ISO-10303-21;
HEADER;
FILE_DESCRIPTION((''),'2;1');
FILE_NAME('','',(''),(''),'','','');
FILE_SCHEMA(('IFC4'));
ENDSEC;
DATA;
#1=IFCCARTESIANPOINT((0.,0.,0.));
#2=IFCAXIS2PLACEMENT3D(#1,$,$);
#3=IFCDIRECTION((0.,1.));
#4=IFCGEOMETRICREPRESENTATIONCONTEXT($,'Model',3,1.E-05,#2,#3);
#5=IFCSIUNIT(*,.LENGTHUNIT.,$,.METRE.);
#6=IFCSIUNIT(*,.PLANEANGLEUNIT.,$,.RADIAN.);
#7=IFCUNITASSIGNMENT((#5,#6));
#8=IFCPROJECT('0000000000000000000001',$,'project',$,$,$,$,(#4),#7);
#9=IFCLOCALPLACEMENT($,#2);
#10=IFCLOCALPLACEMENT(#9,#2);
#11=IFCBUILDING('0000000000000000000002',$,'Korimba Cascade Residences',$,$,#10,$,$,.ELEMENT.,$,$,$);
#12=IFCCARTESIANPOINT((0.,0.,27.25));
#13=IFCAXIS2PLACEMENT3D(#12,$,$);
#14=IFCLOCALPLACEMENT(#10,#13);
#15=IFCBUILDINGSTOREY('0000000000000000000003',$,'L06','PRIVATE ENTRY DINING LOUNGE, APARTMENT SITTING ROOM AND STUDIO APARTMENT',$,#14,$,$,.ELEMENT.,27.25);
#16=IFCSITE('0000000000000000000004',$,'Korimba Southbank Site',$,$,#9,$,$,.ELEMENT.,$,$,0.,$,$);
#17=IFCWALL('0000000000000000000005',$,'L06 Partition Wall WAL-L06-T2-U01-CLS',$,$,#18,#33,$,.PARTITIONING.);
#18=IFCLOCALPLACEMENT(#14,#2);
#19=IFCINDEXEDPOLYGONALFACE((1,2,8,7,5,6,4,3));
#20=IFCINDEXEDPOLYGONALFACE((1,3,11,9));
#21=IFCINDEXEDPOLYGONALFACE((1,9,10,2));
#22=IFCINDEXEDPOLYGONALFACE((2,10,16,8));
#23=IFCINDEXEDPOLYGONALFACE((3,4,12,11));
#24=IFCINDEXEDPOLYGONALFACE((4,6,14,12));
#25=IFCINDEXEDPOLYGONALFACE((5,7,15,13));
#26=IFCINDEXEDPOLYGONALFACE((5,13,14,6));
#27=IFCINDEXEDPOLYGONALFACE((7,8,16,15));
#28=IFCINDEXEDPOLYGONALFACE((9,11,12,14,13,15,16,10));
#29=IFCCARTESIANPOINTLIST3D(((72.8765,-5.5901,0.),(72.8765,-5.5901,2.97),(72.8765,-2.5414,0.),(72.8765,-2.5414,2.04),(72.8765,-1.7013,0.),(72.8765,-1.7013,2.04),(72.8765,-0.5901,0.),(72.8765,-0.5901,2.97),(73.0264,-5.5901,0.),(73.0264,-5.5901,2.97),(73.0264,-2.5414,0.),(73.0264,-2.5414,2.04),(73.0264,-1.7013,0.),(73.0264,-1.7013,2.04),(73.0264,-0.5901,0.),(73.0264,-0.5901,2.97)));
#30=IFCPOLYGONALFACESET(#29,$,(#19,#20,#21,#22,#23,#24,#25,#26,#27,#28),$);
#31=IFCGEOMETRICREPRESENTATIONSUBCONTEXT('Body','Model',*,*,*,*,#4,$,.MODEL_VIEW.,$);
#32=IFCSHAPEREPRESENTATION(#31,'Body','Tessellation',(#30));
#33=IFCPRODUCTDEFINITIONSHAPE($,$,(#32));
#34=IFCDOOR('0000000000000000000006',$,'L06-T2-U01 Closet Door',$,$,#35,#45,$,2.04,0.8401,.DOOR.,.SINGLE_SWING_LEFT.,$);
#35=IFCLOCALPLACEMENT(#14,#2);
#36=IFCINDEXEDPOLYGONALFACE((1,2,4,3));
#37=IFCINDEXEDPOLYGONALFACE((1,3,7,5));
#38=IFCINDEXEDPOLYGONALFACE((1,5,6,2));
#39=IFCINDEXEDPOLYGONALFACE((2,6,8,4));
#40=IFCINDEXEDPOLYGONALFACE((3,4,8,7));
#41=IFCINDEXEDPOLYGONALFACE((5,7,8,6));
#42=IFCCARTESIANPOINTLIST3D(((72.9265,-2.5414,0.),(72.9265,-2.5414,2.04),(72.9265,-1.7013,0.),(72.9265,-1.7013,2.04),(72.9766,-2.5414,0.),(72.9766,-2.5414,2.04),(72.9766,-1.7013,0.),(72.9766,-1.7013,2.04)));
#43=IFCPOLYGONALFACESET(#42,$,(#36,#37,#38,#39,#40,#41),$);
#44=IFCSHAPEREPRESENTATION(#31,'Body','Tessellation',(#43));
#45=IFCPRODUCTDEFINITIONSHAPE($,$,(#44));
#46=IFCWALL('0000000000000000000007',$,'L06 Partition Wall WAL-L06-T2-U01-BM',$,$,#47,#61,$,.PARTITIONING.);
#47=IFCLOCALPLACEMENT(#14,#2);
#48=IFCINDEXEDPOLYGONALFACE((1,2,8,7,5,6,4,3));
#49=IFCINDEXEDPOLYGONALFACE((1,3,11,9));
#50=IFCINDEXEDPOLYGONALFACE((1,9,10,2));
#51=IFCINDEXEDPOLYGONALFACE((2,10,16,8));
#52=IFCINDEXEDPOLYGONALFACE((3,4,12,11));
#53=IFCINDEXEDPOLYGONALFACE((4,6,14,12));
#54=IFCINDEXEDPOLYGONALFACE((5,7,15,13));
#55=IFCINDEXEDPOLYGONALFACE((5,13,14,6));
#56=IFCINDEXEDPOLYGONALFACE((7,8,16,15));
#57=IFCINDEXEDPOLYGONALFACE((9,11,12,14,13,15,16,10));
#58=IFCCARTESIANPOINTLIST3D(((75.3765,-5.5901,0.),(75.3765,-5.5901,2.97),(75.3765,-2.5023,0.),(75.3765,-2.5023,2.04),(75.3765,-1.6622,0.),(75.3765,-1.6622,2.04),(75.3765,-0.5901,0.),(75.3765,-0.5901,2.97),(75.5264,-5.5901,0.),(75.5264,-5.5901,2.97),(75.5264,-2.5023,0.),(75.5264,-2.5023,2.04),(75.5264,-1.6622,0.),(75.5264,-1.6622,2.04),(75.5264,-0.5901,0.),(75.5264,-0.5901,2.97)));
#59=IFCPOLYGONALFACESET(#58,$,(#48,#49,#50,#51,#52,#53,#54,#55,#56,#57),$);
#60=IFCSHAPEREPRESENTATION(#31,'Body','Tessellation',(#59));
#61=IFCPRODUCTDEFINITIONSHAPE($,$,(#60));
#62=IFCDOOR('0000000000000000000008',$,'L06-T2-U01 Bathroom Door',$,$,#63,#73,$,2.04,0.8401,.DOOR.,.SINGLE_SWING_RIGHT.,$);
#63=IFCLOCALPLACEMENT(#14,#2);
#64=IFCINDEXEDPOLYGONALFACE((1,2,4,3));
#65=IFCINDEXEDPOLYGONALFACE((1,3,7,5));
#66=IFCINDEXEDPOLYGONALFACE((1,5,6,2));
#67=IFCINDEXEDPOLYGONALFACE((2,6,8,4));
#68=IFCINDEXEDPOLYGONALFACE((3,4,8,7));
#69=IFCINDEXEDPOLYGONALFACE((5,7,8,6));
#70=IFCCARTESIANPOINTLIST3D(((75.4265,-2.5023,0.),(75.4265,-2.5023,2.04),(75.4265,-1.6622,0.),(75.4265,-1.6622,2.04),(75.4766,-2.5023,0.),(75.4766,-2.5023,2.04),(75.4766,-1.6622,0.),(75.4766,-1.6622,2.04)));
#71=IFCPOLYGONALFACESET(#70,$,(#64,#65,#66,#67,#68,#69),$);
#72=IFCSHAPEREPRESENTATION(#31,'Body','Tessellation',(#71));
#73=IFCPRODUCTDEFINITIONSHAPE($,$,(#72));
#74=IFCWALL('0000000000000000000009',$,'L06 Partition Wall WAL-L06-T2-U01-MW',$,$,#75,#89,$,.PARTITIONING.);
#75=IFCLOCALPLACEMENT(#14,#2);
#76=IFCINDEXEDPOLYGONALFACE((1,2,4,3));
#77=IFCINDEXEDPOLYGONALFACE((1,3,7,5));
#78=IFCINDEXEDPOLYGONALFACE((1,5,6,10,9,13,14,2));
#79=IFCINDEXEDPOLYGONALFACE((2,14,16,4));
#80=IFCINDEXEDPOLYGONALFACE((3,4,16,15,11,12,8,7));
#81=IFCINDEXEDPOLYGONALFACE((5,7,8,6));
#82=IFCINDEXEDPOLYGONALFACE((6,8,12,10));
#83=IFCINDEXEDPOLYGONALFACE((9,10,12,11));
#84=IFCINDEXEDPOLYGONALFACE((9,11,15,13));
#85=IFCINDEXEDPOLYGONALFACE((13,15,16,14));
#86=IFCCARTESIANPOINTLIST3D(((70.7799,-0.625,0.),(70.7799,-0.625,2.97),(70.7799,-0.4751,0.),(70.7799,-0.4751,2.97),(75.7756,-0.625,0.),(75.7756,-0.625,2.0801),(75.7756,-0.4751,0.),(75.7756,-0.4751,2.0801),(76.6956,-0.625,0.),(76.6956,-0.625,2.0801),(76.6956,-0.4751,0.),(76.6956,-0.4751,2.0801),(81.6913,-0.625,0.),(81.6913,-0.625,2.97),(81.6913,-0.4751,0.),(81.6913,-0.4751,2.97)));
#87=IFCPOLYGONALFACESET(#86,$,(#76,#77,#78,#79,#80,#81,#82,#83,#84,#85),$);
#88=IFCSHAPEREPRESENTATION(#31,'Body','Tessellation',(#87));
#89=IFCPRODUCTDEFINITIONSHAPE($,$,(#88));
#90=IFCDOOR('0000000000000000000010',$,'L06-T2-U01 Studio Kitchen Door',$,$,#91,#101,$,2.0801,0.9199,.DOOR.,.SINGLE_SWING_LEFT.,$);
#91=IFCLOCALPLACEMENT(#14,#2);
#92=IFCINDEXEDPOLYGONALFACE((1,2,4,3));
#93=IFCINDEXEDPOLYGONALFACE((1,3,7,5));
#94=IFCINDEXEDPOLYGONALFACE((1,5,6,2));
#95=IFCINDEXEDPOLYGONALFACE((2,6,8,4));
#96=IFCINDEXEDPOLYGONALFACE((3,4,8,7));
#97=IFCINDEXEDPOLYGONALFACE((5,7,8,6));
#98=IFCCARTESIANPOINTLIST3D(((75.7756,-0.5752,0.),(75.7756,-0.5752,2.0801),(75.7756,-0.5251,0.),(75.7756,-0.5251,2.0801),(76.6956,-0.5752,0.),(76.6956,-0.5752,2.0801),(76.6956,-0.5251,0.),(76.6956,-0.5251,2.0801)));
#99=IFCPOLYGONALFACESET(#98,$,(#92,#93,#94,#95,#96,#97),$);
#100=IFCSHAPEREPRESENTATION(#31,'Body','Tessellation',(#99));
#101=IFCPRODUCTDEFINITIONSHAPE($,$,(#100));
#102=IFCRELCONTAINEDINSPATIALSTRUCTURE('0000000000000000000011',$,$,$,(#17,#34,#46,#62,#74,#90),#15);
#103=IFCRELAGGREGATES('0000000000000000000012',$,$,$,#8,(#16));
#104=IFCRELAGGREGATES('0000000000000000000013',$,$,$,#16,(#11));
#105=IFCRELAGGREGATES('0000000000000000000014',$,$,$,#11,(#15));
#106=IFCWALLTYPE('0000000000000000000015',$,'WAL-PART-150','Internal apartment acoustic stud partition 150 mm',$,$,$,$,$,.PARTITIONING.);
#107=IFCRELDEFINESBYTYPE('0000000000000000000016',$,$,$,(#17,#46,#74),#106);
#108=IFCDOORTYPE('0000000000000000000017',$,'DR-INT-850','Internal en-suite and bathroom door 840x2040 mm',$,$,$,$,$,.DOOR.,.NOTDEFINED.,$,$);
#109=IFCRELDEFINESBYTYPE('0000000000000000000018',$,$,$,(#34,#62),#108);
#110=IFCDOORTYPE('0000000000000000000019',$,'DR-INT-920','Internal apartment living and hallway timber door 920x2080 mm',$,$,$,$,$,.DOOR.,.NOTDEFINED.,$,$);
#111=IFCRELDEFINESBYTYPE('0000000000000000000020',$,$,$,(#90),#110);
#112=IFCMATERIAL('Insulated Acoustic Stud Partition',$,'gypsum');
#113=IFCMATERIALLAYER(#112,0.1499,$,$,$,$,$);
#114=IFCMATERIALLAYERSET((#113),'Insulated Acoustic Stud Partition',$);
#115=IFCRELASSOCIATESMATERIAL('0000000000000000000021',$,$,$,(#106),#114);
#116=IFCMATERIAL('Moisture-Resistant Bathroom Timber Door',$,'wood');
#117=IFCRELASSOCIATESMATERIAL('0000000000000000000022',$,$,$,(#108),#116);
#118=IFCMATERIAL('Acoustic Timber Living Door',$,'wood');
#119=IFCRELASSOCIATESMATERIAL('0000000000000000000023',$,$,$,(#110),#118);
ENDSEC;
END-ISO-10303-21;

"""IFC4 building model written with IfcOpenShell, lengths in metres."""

from ifc_helpers import new_model, si_unit, direction, frame, frame_2d, origin, place, context, subcontext, project, spatial, rectangle, extrude, material, layer, layer_set, type_object, element, fill, save


model = new_model("IFC4")

# Units and contexts
model_context = context("Model", 3, precision=1e-05, world=origin(), true_north=direction((0.0, 1.0)))
body_context = subcontext(model_context, "Body", "Model", "MODEL_VIEW")
ifc_project = project(units=[si_unit("LENGTHUNIT", "METRE"), si_unit("PLANEANGLEUNIT", "RADIAN")], contexts=[model_context])

# Site, building, storey
site_placement = place(None, origin())
site = spatial("IfcSite", under=ifc_project, at=site_placement, Name="Korimba Southbank Site", CompositionType="ELEMENT", RefElevation=0.0)
building_placement = place(site_placement, origin())
building = spatial("IfcBuilding", under=site, at=building_placement, Name="Korimba Cascade Residences", CompositionType="ELEMENT")
storey_placement = place(building_placement, frame((0.0, 0.0, 27.25)))
storey = spatial("IfcBuildingStorey", under=building, at=storey_placement, Name="L06", Description="PRIVATE ENTRY DINING LOUNGE, APARTMENT SITTING ROOM AND STUDIO APARTMENT", CompositionType="ELEMENT", Elevation=27.25)

# Walls, openings, doors
ifc_material_1 = material(Name="Insulated Acoustic Stud Partition", Category="gypsum")
ifc_layer_1 = layer(ifc_material_1, 0.1499)
ifc_layer_set_1 = layer_set([ifc_layer_1], Name="Insulated Acoustic Stud Partition")
wall_type_1 = type_object("IfcWallType", Name="WAL-PART-150", Description="Internal apartment acoustic stud partition 150 mm", PredefinedType="PARTITIONING", material=ifc_layer_set_1)
wall_1_placement = place(storey_placement, frame((72.9514, -5.5901, 0.0), z_axis=(0.0, 0.0, 1.0), x_axis=(0.0, 1.0, 0.0)))
wall_1 = element("IfcWall", 1, at=wall_1_placement, inside=storey, type_object=wall_type_1, Name="L06 Partition Wall WAL-L06-T2-U01-CLS", PredefinedType="PARTITIONING", context=body_context, shape_type="SweptSolid", body=[
    extrude(rectangle(XDim=5.0, YDim=0.1499, at=frame_2d((2.5, 0.0))), origin(), (0.0, 0.0, 1.0), 2.97),
])
opening_1_placement = place(wall_1_placement, frame((3.0488, 0.0, 0.0)))
opening_1 = element("IfcOpeningElement", 2, at=opening_1_placement, cuts=wall_1, PredefinedType="OPENING", context=body_context, shape_type="SweptSolid", body=[
    extrude(rectangle(XDim=0.8401, YDim=2.04, at=frame_2d((0.4199, 1.02))), frame((0.0, 0.085, 0.0), z_axis=(0.0, -1.0, 0.0), x_axis=(1.0, 0.0, 0.0)), (0.0, 0.0, 1.0), 0.1699),
])
ifc_material_2 = material(Name="Moisture-Resistant Bathroom Timber Door", Category="wood")
door_type_1 = type_object("IfcDoorType", Name="DR-INT-850", Description="Internal en-suite and bathroom door 840x2040 mm", OperationType="NOTDEFINED", PredefinedType="DOOR", material=ifc_material_2)
door_1_placement = place(opening_1_placement, origin())
door_1 = element("IfcDoor", 3, at=door_1_placement, inside=storey, type_object=door_type_1, Name="L06-T2-U01 Closet Door", OperationType="SINGLE_SWING_LEFT", OverallHeight=2.04, OverallWidth=0.8401, PredefinedType="DOOR", context=body_context, shape_type="SweptSolid", body=[
    extrude(rectangle(XDim=0.8401, YDim=2.04, at=frame_2d((0.4199, 1.02))), frame((0.0, 0.0249, 0.0), z_axis=(0.0, -1.0, 0.0), x_axis=(1.0, 0.0, 0.0)), (0.0, 0.0, 1.0), 0.05),
])
fill(opening_1, door_1)
wall_2_placement = place(storey_placement, frame((75.4514, -5.5901, 0.0), z_axis=(0.0, 0.0, 1.0), x_axis=(0.0, 1.0, 0.0)))
wall_2 = element("IfcWall", 4, at=wall_2_placement, inside=storey, type_object=wall_type_1, Name="L06 Partition Wall WAL-L06-T2-U01-BM", PredefinedType="PARTITIONING", context=body_context, shape_type="SweptSolid", body=[
    extrude(rectangle(XDim=5.0, YDim=0.1499, at=frame_2d((2.5, 0.0))), origin(), (0.0, 0.0, 1.0), 2.97),
])
opening_2_placement = place(wall_2_placement, frame((3.0879, 0.0, 0.0)))
opening_2 = element("IfcOpeningElement", 5, at=opening_2_placement, cuts=wall_2, PredefinedType="OPENING", context=body_context, shape_type="SweptSolid", body=[
    extrude(rectangle(XDim=0.8401, YDim=2.04, at=frame_2d((0.4199, 1.02))), frame((0.0, 0.085, 0.0), z_axis=(0.0, -1.0, 0.0), x_axis=(1.0, 0.0, 0.0)), (0.0, 0.0, 1.0), 0.1699),
])
door_2_placement = place(opening_2_placement, origin())
door_2 = element("IfcDoor", 6, at=door_2_placement, inside=storey, type_object=door_type_1, Name="L06-T2-U01 Bathroom Door", OperationType="SINGLE_SWING_RIGHT", OverallHeight=2.04, OverallWidth=0.8401, PredefinedType="DOOR", context=body_context, shape_type="SweptSolid", body=[
    extrude(rectangle(XDim=0.8401, YDim=2.04, at=frame_2d((0.4199, 1.02))), frame((0.0, 0.0249, 0.0), z_axis=(0.0, -1.0, 0.0), x_axis=(1.0, 0.0, 0.0)), (0.0, 0.0, 1.0), 0.05),
])
fill(opening_2, door_2)
wall_3_placement = place(storey_placement, frame((70.78, -0.55, 0.0), z_axis=(0.0, 0.0, 1.0), x_axis=(1.0, 0.0, 0.0)))
wall_3 = element("IfcWall", 7, at=wall_3_placement, inside=storey, type_object=wall_type_1, Name="L06 Partition Wall WAL-L06-T2-U01-MW", PredefinedType="PARTITIONING", context=body_context, shape_type="SweptSolid", body=[
    extrude(rectangle(XDim=10.9114, YDim=0.1499, at=frame_2d((5.4556, 0.0))), origin(), (0.0, 0.0, 1.0), 2.97),
])
opening_3_placement = place(wall_3_placement, frame((4.9956, 0.0, 0.0)))
opening_3 = element("IfcOpeningElement", 8, at=opening_3_placement, cuts=wall_3, PredefinedType="OPENING", context=body_context, shape_type="SweptSolid", body=[
    extrude(rectangle(XDim=0.9199, YDim=2.0801, at=frame_2d((0.46, 1.04))), frame((0.0, 0.085, 0.0), z_axis=(0.0, -1.0, 0.0), x_axis=(1.0, 0.0, 0.0)), (0.0, 0.0, 1.0), 0.1699),
])
ifc_material_3 = material(Name="Acoustic Timber Living Door", Category="wood")
door_type_2 = type_object("IfcDoorType", Name="DR-INT-920", Description="Internal apartment living and hallway timber door 920x2080 mm", OperationType="NOTDEFINED", PredefinedType="DOOR", material=ifc_material_3)
door_3_placement = place(opening_3_placement, origin())
door_3 = element("IfcDoor", 9, at=door_3_placement, inside=storey, type_object=door_type_2, Name="L06-T2-U01 Studio Kitchen Door", OperationType="SINGLE_SWING_LEFT", OverallHeight=2.0801, OverallWidth=0.9199, PredefinedType="DOOR", context=body_context, shape_type="SweptSolid", body=[
    extrude(rectangle(XDim=0.9199, YDim=2.0801, at=frame_2d((0.46, 1.04))), frame((0.0, 0.0249, 0.0), z_axis=(0.0, -1.0, 0.0), x_axis=(1.0, 0.0, 0.0)), (0.0, 0.0, 1.0), 0.05),
])
fill(opening_3, door_3)

save(model, "model.ifc")
